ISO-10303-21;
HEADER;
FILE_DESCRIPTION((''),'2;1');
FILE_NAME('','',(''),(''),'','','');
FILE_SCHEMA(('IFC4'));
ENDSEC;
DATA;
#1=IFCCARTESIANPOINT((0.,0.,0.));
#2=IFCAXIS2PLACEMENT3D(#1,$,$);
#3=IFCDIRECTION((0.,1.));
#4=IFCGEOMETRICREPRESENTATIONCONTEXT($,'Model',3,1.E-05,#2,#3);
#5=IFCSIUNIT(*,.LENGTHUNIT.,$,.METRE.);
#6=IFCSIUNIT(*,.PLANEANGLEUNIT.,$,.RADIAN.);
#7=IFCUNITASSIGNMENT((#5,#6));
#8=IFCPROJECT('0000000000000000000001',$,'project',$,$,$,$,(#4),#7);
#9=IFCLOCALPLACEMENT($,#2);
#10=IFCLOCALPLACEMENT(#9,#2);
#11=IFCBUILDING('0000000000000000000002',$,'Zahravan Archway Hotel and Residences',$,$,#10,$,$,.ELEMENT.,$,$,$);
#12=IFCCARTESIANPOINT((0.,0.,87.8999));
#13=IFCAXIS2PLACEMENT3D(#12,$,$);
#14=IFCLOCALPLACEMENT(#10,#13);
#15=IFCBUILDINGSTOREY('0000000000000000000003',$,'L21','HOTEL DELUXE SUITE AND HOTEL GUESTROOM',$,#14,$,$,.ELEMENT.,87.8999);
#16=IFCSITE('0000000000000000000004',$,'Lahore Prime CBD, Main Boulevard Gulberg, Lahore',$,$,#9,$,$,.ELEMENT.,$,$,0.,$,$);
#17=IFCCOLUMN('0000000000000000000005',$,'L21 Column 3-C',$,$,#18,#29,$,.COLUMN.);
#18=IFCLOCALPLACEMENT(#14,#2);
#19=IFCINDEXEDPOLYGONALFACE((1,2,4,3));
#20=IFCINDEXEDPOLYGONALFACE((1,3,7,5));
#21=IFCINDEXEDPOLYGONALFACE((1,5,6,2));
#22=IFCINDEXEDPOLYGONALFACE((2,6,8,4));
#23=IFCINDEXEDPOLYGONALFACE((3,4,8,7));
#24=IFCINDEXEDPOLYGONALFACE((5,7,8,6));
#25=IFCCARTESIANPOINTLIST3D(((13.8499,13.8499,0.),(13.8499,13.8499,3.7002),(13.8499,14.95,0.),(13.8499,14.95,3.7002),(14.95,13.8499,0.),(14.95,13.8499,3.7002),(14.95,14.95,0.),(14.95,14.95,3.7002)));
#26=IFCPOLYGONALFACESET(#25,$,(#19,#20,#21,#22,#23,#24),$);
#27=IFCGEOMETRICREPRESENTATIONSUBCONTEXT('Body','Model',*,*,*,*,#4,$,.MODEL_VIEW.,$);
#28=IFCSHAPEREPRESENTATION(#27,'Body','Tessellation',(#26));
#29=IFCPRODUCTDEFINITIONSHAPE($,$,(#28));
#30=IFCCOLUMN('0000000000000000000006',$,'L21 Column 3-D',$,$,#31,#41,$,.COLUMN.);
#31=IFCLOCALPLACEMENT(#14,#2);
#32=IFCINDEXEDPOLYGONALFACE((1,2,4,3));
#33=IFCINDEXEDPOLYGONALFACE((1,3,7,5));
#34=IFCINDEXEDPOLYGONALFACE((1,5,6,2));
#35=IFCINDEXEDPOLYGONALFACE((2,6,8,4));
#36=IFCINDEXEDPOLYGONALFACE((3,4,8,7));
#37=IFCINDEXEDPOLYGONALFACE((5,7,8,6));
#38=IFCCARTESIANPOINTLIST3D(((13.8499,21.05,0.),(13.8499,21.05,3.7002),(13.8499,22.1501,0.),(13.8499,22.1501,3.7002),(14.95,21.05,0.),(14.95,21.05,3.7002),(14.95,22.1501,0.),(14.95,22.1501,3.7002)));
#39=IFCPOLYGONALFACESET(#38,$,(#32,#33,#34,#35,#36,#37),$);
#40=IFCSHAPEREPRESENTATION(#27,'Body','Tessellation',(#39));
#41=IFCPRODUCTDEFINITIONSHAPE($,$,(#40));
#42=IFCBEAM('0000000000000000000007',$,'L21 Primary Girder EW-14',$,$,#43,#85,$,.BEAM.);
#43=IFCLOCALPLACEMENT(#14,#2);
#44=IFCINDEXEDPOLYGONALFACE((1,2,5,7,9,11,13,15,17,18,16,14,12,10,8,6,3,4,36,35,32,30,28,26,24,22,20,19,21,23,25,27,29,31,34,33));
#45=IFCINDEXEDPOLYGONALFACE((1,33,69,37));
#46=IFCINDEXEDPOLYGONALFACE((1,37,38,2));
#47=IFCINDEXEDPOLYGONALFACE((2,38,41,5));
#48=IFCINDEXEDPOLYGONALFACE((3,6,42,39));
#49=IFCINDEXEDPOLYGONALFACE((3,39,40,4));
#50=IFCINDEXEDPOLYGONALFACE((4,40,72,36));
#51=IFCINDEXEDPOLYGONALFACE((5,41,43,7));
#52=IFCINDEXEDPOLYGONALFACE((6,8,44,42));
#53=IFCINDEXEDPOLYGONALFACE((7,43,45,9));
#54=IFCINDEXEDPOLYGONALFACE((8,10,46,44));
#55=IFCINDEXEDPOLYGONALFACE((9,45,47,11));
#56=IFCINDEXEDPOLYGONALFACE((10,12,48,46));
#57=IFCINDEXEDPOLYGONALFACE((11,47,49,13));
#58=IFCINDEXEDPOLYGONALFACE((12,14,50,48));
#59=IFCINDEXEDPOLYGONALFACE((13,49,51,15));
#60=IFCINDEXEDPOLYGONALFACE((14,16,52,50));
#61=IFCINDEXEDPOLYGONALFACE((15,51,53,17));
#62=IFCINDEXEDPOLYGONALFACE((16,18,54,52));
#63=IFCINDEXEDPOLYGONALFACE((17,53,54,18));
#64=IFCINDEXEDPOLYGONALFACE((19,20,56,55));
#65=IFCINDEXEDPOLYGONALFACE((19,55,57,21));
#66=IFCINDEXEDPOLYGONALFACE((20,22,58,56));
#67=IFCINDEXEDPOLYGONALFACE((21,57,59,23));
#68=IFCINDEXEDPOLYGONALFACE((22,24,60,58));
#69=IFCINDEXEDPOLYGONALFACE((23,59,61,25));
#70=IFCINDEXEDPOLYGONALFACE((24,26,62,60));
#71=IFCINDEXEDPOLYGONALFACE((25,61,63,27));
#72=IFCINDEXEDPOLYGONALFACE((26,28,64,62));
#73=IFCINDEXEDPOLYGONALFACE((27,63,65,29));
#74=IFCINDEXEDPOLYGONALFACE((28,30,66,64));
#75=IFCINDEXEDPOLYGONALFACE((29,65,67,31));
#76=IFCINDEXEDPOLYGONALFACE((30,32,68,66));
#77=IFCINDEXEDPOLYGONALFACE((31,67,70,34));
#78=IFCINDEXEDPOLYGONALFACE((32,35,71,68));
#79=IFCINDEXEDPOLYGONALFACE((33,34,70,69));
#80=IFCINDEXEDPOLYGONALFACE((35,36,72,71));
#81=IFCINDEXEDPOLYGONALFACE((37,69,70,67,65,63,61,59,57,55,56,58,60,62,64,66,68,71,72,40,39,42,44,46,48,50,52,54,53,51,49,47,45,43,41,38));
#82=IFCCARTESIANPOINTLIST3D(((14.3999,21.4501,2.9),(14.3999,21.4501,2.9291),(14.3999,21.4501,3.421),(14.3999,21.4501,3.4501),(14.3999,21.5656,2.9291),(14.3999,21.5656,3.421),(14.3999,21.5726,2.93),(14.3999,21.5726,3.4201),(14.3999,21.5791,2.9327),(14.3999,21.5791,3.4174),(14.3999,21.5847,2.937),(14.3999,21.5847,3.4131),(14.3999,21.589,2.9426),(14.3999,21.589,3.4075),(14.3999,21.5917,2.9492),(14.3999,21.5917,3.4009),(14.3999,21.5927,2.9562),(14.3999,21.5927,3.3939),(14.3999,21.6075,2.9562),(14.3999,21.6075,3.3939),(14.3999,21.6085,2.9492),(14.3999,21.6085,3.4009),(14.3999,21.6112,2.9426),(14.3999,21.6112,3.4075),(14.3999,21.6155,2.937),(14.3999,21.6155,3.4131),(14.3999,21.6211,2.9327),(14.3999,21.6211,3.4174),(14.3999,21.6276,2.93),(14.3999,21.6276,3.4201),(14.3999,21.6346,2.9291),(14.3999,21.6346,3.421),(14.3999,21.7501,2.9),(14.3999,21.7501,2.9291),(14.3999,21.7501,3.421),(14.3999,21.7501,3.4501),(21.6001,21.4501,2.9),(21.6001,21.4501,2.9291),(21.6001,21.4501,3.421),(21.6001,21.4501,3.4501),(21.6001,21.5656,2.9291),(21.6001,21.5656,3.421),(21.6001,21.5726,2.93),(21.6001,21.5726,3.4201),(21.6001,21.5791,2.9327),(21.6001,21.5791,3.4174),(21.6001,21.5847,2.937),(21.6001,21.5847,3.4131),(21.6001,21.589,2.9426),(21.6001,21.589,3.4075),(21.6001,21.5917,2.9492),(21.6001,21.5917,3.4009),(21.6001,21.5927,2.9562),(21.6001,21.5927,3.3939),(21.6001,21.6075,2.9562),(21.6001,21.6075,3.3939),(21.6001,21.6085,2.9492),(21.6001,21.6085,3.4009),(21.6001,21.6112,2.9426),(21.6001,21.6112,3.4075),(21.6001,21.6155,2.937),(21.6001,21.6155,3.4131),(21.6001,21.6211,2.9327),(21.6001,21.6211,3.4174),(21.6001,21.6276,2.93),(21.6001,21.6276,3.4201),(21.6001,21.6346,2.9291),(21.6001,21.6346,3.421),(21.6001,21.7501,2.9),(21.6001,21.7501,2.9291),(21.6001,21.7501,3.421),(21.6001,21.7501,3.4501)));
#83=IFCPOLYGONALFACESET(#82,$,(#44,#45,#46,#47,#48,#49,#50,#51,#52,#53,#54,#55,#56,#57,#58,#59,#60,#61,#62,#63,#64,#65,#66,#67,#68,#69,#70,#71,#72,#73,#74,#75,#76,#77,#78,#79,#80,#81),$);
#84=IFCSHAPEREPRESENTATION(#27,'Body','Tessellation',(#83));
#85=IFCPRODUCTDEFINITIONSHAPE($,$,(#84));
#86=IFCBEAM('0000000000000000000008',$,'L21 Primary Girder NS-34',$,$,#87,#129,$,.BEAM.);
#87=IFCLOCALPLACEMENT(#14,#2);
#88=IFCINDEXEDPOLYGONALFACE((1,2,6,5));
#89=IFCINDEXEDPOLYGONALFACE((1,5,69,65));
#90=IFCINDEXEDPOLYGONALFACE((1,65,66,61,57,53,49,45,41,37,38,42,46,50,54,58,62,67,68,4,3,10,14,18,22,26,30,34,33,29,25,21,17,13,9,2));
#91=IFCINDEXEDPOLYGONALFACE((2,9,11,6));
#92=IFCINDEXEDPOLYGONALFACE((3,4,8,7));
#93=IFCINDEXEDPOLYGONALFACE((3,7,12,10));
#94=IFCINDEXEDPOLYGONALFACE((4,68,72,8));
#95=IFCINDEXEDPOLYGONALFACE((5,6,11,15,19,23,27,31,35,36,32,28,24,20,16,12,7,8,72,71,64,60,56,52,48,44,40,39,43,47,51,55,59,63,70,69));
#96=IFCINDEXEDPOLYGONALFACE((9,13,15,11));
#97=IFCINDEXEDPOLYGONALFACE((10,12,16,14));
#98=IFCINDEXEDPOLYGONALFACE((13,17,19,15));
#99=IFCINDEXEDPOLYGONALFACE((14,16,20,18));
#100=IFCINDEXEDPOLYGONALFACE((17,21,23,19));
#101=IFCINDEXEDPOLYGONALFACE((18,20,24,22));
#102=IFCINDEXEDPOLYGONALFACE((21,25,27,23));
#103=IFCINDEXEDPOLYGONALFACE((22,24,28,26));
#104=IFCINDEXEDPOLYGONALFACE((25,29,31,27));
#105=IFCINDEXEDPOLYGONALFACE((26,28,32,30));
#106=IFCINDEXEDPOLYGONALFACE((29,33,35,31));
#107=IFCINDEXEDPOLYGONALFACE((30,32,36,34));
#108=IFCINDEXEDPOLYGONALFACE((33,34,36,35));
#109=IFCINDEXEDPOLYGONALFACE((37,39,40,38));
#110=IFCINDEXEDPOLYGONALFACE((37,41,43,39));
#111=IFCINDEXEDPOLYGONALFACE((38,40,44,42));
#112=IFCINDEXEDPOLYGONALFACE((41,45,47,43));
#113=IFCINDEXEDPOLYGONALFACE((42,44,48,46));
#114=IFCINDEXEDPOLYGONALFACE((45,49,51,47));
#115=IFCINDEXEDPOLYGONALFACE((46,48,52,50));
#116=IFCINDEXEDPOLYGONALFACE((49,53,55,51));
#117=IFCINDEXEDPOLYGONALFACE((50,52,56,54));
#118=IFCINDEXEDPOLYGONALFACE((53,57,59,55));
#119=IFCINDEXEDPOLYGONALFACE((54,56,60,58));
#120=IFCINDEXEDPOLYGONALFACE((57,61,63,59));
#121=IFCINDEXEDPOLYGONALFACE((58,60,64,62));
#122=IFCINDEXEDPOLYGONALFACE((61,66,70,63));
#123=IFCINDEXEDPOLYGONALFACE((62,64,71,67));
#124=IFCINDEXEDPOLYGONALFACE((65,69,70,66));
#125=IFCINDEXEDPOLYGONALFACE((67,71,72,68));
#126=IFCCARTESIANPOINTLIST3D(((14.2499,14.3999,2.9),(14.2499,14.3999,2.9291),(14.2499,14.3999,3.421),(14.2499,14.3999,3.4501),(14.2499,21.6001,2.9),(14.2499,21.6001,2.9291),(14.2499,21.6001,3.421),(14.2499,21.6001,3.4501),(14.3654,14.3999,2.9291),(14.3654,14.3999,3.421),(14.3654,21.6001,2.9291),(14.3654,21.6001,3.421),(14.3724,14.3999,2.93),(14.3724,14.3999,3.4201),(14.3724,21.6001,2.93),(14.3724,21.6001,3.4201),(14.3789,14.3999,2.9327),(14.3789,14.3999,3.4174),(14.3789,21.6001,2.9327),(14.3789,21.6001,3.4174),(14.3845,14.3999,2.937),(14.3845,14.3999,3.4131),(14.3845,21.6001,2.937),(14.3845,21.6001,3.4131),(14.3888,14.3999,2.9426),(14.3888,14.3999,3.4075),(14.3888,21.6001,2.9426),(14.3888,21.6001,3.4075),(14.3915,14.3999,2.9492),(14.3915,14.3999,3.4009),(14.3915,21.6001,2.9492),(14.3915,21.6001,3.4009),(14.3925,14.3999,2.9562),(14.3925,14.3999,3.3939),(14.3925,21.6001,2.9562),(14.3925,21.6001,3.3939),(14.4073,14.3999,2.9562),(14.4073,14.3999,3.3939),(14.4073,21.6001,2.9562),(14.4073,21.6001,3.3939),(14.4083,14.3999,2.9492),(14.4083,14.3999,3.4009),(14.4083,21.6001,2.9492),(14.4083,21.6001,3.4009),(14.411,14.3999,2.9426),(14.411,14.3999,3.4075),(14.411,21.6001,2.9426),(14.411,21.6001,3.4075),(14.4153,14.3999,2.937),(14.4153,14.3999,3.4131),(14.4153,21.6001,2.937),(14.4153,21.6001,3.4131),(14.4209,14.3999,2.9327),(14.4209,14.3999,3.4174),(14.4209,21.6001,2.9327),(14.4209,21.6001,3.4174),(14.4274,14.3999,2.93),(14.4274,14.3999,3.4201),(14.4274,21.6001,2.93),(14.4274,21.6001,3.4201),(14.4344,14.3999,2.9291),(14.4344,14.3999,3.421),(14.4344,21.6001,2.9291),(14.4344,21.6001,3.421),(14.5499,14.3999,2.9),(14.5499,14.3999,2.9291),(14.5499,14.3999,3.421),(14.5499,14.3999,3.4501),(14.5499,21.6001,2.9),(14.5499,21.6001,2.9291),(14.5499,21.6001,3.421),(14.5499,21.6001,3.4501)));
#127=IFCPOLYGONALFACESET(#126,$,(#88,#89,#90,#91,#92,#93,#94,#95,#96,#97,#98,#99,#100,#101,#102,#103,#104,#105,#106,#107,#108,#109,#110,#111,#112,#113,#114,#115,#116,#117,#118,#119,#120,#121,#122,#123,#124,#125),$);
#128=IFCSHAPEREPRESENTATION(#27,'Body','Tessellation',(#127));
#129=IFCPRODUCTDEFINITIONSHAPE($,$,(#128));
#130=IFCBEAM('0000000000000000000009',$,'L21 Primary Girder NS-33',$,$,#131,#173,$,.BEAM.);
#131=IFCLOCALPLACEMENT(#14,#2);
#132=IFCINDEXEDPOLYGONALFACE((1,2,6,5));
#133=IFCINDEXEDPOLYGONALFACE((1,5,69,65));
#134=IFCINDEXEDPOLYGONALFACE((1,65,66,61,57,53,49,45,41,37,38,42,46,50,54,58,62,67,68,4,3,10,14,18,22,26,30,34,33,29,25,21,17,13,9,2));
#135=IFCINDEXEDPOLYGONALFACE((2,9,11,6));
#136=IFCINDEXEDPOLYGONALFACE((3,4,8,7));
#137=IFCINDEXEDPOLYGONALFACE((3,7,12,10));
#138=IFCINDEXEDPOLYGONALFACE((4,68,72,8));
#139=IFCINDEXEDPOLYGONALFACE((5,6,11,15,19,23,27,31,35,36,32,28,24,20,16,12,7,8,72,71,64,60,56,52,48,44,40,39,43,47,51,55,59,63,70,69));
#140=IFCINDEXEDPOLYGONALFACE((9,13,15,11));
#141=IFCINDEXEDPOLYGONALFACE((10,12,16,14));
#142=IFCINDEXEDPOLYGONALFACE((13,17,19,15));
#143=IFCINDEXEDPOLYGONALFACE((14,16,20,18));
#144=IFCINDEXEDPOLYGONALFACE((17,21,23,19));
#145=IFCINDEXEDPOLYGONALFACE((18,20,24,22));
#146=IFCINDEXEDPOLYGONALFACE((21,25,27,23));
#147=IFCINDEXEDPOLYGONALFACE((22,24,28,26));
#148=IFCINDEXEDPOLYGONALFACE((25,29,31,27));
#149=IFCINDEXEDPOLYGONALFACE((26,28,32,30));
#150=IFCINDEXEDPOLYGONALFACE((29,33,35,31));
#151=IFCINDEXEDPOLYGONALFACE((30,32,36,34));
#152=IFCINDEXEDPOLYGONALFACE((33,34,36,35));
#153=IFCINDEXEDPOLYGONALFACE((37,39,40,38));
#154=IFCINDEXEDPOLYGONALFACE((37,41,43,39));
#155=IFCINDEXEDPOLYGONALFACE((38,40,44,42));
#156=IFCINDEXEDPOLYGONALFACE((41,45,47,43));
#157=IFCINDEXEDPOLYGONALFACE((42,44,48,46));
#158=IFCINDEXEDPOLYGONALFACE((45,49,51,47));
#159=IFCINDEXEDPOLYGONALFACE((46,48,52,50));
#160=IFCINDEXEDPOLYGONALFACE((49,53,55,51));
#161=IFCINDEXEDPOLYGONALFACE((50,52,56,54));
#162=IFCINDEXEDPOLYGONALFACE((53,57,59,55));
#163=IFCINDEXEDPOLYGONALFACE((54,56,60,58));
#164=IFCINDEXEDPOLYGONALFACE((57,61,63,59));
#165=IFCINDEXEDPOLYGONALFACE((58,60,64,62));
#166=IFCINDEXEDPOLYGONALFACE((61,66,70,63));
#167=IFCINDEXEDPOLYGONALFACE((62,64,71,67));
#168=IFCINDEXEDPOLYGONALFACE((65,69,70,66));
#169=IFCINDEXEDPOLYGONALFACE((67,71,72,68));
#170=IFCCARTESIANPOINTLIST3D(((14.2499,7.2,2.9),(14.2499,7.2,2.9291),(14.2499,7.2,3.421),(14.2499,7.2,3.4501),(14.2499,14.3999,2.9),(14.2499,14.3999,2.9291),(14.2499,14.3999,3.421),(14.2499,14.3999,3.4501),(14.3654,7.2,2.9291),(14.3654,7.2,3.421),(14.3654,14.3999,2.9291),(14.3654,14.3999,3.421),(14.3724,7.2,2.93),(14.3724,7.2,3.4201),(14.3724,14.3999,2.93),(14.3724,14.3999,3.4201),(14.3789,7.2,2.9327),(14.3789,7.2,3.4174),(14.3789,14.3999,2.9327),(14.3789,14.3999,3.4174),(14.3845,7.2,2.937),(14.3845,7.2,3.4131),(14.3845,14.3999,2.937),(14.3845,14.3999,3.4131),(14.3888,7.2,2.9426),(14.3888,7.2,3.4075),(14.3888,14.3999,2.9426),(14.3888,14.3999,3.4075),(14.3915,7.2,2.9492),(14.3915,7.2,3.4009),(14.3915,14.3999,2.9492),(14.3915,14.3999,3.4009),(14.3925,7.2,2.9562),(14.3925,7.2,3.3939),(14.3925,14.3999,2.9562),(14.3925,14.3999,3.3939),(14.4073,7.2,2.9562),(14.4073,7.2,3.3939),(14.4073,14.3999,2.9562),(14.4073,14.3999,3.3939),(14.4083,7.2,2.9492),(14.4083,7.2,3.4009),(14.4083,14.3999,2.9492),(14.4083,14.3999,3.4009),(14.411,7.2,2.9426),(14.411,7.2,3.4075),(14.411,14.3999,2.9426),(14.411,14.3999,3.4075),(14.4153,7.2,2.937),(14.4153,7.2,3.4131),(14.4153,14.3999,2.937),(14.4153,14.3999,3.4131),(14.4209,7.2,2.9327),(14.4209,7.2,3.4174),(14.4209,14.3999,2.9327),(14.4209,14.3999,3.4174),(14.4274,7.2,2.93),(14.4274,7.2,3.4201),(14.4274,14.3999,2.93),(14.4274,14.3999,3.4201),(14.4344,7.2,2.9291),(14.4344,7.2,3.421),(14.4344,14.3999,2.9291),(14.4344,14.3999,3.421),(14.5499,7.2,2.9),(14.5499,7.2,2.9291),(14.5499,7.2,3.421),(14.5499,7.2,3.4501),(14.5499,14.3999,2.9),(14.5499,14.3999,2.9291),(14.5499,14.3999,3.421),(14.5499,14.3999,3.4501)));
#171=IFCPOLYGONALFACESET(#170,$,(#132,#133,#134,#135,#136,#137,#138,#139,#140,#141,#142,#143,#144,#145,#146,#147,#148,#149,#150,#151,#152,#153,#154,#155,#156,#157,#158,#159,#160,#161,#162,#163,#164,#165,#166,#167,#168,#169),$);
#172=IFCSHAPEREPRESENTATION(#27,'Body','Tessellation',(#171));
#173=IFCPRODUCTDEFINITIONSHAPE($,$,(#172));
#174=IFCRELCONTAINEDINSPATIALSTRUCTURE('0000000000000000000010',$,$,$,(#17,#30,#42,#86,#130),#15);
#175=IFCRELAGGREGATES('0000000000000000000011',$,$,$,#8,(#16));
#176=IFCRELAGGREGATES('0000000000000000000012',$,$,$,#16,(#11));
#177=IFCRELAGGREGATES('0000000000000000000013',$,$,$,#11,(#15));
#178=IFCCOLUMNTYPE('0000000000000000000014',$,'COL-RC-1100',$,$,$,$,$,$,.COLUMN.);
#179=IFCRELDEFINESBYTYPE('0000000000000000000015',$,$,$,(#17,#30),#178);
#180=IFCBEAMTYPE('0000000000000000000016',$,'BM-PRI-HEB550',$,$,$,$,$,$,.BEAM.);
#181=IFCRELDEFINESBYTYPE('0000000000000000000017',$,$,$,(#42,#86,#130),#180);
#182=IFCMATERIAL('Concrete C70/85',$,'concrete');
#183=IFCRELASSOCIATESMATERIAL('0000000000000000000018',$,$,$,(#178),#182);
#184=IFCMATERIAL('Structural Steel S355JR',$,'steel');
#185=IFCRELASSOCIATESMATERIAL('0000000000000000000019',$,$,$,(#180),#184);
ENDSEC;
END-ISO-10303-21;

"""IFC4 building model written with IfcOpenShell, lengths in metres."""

from ifc_helpers import new_model, si_unit, direction, frame, origin, origin_2d, place, context, subcontext, project, spatial, rectangle, i_section, extrude, source, transform, mapped, material, material_profile, profile_set, type_object, type_shapes, element, save


model = new_model("IFC4")

# Units and contexts
model_context = context("Model", 3, precision=1e-05, world=origin(), true_north=direction((0.0, 1.0)))
body_context = subcontext(model_context, "Body", "Model", "MODEL_VIEW")
ifc_project = project(units=[si_unit("LENGTHUNIT", "METRE"), si_unit("PLANEANGLEUNIT", "RADIAN")], contexts=[model_context])

# Site, building, storey
site_placement = place(None, origin())
site = spatial("IfcSite", under=ifc_project, at=site_placement, Name="Lahore Prime CBD, Main Boulevard Gulberg, Lahore", CompositionType="ELEMENT", RefElevation=0.0)
building_placement = place(site_placement, origin())
building = spatial("IfcBuilding", under=site, at=building_placement, Name="Zahravan Archway Hotel and Residences", CompositionType="ELEMENT")
storey_placement = place(building_placement, frame((0.0, 0.0, 87.8999)))
storey = spatial("IfcBuildingStorey", under=building, at=storey_placement, Name="L21", Description="HOTEL DELUXE SUITE AND HOTEL GUESTROOM", CompositionType="ELEMENT", Elevation=87.8999)

# Columns
ifc_material_1 = material(Name="Concrete C70/85", Category="concrete")
ifc_material_profile_1 = material_profile(ifc_material_1, rectangle(XDim=1.1001, YDim=1.1001, at=origin_2d()), Name="RC 1100x1100", Category="concrete")
ifc_profile_set_1 = profile_set([ifc_material_profile_1], Name="Concrete C70/85")
column_type = type_object("IfcColumnType", Name="COL-RC-1100", PredefinedType="COLUMN", material=ifc_profile_set_1)
shared_shape_1 = source(origin(), body_context, "Body", "SweptSolid", [
    extrude(rectangle(XDim=1.1001, YDim=1.1001, at=origin_2d()), origin(), (0.0, 0.0, 1.0), 3.7002),
])
for number, where, z_axis, x_axis, name in (
    (1, (14.3999, 14.3999, 0.0), (0.0, 0.0, 1.0), (1.0, 0.0, 0.0), "L21 Column 3-C"),
    (2, (14.3999, 21.6001, 0.0), (0.0, 0.0, 1.0), (1.0, 0.0, 0.0), "L21 Column 3-D"),
):
    element("IfcColumn", number, at=place(storey_placement, frame(where, z_axis=z_axis, x_axis=x_axis)), inside=storey, type_object=column_type, Name=name, PredefinedType="COLUMN", context=body_context, shape_type="MappedRepresentation", body=[
        mapped(shared_shape_1, transform((0.0, 0.0, 0.0), scale=1.0)),
    ])

# Beams
ifc_material_2 = material(Name="Structural Steel S355JR", Category="steel")
ifc_material_profile_2 = material_profile(ifc_material_2, i_section(OverallWidth=0.3, OverallDepth=0.55, WebThickness=0.0149, FlangeThickness=0.0291, FilletRadius=0.0271, at=origin_2d()), Name="HEB 550", Category="steel")
ifc_profile_set_2 = profile_set([ifc_material_profile_2], Name="Structural Steel S355JR")
beam_type = type_object("IfcBeamType", Name="BM-PRI-HEB550", PredefinedType="BEAM", material=ifc_profile_set_2)
shared_shape_2 = source(origin(), body_context, "Body", "SweptSolid", [
    extrude(i_section(OverallWidth=0.3, OverallDepth=0.55, WebThickness=0.0149, FlangeThickness=0.0291, FilletRadius=0.0271, at=origin_2d()), origin(), (0.0, 0.0, 1.0), 7.2002),
])
type_shapes(beam_type, [shared_shape_2])
for number, where, z_axis, x_axis, name in (
    (3, (14.3999, 21.6001, 3.175), (1.0, 0.0, 0.0), (0.0, 1.0, 0.0), "L21 Primary Girder EW-14"),
    (4, (14.3999, 14.3999, 3.175), (0.0, 1.0, 0.0), (-1.0, 0.0, 0.0), "L21 Primary Girder NS-34"),
):
    element("IfcBeam", number, at=place(storey_placement, frame(where, z_axis=z_axis, x_axis=x_axis)), inside=storey, type_object=beam_type, Name=name, PredefinedType="BEAM", context=body_context, shape_type="MappedRepresentation", body=[
        mapped(shared_shape_2, transform((0.0, 0.0, 0.0), scale=1.0)),
    ])
shared_shape_3 = source(origin(), body_context, "Body", "SweptSolid", [
    extrude(i_section(OverallWidth=0.3, OverallDepth=0.55, WebThickness=0.0149, FlangeThickness=0.0291, FilletRadius=0.0271, at=origin_2d()), origin(), (0.0, 0.0, 1.0), 7.2),
])
beam_1_placement = place(storey_placement, frame((14.3999, 7.2, 3.175), z_axis=(0.0, 1.0, 0.0), x_axis=(-1.0, 0.0, 0.0)))
element("IfcBeam", 5, at=beam_1_placement, inside=storey, type_object=beam_type, Name="L21 Primary Girder NS-33", PredefinedType="BEAM", context=body_context, shape_type="MappedRepresentation", body=[
    mapped(shared_shape_3, transform((0.0, 0.0, 0.0), scale=1.0)),
])

save(model, "model.ifc")
